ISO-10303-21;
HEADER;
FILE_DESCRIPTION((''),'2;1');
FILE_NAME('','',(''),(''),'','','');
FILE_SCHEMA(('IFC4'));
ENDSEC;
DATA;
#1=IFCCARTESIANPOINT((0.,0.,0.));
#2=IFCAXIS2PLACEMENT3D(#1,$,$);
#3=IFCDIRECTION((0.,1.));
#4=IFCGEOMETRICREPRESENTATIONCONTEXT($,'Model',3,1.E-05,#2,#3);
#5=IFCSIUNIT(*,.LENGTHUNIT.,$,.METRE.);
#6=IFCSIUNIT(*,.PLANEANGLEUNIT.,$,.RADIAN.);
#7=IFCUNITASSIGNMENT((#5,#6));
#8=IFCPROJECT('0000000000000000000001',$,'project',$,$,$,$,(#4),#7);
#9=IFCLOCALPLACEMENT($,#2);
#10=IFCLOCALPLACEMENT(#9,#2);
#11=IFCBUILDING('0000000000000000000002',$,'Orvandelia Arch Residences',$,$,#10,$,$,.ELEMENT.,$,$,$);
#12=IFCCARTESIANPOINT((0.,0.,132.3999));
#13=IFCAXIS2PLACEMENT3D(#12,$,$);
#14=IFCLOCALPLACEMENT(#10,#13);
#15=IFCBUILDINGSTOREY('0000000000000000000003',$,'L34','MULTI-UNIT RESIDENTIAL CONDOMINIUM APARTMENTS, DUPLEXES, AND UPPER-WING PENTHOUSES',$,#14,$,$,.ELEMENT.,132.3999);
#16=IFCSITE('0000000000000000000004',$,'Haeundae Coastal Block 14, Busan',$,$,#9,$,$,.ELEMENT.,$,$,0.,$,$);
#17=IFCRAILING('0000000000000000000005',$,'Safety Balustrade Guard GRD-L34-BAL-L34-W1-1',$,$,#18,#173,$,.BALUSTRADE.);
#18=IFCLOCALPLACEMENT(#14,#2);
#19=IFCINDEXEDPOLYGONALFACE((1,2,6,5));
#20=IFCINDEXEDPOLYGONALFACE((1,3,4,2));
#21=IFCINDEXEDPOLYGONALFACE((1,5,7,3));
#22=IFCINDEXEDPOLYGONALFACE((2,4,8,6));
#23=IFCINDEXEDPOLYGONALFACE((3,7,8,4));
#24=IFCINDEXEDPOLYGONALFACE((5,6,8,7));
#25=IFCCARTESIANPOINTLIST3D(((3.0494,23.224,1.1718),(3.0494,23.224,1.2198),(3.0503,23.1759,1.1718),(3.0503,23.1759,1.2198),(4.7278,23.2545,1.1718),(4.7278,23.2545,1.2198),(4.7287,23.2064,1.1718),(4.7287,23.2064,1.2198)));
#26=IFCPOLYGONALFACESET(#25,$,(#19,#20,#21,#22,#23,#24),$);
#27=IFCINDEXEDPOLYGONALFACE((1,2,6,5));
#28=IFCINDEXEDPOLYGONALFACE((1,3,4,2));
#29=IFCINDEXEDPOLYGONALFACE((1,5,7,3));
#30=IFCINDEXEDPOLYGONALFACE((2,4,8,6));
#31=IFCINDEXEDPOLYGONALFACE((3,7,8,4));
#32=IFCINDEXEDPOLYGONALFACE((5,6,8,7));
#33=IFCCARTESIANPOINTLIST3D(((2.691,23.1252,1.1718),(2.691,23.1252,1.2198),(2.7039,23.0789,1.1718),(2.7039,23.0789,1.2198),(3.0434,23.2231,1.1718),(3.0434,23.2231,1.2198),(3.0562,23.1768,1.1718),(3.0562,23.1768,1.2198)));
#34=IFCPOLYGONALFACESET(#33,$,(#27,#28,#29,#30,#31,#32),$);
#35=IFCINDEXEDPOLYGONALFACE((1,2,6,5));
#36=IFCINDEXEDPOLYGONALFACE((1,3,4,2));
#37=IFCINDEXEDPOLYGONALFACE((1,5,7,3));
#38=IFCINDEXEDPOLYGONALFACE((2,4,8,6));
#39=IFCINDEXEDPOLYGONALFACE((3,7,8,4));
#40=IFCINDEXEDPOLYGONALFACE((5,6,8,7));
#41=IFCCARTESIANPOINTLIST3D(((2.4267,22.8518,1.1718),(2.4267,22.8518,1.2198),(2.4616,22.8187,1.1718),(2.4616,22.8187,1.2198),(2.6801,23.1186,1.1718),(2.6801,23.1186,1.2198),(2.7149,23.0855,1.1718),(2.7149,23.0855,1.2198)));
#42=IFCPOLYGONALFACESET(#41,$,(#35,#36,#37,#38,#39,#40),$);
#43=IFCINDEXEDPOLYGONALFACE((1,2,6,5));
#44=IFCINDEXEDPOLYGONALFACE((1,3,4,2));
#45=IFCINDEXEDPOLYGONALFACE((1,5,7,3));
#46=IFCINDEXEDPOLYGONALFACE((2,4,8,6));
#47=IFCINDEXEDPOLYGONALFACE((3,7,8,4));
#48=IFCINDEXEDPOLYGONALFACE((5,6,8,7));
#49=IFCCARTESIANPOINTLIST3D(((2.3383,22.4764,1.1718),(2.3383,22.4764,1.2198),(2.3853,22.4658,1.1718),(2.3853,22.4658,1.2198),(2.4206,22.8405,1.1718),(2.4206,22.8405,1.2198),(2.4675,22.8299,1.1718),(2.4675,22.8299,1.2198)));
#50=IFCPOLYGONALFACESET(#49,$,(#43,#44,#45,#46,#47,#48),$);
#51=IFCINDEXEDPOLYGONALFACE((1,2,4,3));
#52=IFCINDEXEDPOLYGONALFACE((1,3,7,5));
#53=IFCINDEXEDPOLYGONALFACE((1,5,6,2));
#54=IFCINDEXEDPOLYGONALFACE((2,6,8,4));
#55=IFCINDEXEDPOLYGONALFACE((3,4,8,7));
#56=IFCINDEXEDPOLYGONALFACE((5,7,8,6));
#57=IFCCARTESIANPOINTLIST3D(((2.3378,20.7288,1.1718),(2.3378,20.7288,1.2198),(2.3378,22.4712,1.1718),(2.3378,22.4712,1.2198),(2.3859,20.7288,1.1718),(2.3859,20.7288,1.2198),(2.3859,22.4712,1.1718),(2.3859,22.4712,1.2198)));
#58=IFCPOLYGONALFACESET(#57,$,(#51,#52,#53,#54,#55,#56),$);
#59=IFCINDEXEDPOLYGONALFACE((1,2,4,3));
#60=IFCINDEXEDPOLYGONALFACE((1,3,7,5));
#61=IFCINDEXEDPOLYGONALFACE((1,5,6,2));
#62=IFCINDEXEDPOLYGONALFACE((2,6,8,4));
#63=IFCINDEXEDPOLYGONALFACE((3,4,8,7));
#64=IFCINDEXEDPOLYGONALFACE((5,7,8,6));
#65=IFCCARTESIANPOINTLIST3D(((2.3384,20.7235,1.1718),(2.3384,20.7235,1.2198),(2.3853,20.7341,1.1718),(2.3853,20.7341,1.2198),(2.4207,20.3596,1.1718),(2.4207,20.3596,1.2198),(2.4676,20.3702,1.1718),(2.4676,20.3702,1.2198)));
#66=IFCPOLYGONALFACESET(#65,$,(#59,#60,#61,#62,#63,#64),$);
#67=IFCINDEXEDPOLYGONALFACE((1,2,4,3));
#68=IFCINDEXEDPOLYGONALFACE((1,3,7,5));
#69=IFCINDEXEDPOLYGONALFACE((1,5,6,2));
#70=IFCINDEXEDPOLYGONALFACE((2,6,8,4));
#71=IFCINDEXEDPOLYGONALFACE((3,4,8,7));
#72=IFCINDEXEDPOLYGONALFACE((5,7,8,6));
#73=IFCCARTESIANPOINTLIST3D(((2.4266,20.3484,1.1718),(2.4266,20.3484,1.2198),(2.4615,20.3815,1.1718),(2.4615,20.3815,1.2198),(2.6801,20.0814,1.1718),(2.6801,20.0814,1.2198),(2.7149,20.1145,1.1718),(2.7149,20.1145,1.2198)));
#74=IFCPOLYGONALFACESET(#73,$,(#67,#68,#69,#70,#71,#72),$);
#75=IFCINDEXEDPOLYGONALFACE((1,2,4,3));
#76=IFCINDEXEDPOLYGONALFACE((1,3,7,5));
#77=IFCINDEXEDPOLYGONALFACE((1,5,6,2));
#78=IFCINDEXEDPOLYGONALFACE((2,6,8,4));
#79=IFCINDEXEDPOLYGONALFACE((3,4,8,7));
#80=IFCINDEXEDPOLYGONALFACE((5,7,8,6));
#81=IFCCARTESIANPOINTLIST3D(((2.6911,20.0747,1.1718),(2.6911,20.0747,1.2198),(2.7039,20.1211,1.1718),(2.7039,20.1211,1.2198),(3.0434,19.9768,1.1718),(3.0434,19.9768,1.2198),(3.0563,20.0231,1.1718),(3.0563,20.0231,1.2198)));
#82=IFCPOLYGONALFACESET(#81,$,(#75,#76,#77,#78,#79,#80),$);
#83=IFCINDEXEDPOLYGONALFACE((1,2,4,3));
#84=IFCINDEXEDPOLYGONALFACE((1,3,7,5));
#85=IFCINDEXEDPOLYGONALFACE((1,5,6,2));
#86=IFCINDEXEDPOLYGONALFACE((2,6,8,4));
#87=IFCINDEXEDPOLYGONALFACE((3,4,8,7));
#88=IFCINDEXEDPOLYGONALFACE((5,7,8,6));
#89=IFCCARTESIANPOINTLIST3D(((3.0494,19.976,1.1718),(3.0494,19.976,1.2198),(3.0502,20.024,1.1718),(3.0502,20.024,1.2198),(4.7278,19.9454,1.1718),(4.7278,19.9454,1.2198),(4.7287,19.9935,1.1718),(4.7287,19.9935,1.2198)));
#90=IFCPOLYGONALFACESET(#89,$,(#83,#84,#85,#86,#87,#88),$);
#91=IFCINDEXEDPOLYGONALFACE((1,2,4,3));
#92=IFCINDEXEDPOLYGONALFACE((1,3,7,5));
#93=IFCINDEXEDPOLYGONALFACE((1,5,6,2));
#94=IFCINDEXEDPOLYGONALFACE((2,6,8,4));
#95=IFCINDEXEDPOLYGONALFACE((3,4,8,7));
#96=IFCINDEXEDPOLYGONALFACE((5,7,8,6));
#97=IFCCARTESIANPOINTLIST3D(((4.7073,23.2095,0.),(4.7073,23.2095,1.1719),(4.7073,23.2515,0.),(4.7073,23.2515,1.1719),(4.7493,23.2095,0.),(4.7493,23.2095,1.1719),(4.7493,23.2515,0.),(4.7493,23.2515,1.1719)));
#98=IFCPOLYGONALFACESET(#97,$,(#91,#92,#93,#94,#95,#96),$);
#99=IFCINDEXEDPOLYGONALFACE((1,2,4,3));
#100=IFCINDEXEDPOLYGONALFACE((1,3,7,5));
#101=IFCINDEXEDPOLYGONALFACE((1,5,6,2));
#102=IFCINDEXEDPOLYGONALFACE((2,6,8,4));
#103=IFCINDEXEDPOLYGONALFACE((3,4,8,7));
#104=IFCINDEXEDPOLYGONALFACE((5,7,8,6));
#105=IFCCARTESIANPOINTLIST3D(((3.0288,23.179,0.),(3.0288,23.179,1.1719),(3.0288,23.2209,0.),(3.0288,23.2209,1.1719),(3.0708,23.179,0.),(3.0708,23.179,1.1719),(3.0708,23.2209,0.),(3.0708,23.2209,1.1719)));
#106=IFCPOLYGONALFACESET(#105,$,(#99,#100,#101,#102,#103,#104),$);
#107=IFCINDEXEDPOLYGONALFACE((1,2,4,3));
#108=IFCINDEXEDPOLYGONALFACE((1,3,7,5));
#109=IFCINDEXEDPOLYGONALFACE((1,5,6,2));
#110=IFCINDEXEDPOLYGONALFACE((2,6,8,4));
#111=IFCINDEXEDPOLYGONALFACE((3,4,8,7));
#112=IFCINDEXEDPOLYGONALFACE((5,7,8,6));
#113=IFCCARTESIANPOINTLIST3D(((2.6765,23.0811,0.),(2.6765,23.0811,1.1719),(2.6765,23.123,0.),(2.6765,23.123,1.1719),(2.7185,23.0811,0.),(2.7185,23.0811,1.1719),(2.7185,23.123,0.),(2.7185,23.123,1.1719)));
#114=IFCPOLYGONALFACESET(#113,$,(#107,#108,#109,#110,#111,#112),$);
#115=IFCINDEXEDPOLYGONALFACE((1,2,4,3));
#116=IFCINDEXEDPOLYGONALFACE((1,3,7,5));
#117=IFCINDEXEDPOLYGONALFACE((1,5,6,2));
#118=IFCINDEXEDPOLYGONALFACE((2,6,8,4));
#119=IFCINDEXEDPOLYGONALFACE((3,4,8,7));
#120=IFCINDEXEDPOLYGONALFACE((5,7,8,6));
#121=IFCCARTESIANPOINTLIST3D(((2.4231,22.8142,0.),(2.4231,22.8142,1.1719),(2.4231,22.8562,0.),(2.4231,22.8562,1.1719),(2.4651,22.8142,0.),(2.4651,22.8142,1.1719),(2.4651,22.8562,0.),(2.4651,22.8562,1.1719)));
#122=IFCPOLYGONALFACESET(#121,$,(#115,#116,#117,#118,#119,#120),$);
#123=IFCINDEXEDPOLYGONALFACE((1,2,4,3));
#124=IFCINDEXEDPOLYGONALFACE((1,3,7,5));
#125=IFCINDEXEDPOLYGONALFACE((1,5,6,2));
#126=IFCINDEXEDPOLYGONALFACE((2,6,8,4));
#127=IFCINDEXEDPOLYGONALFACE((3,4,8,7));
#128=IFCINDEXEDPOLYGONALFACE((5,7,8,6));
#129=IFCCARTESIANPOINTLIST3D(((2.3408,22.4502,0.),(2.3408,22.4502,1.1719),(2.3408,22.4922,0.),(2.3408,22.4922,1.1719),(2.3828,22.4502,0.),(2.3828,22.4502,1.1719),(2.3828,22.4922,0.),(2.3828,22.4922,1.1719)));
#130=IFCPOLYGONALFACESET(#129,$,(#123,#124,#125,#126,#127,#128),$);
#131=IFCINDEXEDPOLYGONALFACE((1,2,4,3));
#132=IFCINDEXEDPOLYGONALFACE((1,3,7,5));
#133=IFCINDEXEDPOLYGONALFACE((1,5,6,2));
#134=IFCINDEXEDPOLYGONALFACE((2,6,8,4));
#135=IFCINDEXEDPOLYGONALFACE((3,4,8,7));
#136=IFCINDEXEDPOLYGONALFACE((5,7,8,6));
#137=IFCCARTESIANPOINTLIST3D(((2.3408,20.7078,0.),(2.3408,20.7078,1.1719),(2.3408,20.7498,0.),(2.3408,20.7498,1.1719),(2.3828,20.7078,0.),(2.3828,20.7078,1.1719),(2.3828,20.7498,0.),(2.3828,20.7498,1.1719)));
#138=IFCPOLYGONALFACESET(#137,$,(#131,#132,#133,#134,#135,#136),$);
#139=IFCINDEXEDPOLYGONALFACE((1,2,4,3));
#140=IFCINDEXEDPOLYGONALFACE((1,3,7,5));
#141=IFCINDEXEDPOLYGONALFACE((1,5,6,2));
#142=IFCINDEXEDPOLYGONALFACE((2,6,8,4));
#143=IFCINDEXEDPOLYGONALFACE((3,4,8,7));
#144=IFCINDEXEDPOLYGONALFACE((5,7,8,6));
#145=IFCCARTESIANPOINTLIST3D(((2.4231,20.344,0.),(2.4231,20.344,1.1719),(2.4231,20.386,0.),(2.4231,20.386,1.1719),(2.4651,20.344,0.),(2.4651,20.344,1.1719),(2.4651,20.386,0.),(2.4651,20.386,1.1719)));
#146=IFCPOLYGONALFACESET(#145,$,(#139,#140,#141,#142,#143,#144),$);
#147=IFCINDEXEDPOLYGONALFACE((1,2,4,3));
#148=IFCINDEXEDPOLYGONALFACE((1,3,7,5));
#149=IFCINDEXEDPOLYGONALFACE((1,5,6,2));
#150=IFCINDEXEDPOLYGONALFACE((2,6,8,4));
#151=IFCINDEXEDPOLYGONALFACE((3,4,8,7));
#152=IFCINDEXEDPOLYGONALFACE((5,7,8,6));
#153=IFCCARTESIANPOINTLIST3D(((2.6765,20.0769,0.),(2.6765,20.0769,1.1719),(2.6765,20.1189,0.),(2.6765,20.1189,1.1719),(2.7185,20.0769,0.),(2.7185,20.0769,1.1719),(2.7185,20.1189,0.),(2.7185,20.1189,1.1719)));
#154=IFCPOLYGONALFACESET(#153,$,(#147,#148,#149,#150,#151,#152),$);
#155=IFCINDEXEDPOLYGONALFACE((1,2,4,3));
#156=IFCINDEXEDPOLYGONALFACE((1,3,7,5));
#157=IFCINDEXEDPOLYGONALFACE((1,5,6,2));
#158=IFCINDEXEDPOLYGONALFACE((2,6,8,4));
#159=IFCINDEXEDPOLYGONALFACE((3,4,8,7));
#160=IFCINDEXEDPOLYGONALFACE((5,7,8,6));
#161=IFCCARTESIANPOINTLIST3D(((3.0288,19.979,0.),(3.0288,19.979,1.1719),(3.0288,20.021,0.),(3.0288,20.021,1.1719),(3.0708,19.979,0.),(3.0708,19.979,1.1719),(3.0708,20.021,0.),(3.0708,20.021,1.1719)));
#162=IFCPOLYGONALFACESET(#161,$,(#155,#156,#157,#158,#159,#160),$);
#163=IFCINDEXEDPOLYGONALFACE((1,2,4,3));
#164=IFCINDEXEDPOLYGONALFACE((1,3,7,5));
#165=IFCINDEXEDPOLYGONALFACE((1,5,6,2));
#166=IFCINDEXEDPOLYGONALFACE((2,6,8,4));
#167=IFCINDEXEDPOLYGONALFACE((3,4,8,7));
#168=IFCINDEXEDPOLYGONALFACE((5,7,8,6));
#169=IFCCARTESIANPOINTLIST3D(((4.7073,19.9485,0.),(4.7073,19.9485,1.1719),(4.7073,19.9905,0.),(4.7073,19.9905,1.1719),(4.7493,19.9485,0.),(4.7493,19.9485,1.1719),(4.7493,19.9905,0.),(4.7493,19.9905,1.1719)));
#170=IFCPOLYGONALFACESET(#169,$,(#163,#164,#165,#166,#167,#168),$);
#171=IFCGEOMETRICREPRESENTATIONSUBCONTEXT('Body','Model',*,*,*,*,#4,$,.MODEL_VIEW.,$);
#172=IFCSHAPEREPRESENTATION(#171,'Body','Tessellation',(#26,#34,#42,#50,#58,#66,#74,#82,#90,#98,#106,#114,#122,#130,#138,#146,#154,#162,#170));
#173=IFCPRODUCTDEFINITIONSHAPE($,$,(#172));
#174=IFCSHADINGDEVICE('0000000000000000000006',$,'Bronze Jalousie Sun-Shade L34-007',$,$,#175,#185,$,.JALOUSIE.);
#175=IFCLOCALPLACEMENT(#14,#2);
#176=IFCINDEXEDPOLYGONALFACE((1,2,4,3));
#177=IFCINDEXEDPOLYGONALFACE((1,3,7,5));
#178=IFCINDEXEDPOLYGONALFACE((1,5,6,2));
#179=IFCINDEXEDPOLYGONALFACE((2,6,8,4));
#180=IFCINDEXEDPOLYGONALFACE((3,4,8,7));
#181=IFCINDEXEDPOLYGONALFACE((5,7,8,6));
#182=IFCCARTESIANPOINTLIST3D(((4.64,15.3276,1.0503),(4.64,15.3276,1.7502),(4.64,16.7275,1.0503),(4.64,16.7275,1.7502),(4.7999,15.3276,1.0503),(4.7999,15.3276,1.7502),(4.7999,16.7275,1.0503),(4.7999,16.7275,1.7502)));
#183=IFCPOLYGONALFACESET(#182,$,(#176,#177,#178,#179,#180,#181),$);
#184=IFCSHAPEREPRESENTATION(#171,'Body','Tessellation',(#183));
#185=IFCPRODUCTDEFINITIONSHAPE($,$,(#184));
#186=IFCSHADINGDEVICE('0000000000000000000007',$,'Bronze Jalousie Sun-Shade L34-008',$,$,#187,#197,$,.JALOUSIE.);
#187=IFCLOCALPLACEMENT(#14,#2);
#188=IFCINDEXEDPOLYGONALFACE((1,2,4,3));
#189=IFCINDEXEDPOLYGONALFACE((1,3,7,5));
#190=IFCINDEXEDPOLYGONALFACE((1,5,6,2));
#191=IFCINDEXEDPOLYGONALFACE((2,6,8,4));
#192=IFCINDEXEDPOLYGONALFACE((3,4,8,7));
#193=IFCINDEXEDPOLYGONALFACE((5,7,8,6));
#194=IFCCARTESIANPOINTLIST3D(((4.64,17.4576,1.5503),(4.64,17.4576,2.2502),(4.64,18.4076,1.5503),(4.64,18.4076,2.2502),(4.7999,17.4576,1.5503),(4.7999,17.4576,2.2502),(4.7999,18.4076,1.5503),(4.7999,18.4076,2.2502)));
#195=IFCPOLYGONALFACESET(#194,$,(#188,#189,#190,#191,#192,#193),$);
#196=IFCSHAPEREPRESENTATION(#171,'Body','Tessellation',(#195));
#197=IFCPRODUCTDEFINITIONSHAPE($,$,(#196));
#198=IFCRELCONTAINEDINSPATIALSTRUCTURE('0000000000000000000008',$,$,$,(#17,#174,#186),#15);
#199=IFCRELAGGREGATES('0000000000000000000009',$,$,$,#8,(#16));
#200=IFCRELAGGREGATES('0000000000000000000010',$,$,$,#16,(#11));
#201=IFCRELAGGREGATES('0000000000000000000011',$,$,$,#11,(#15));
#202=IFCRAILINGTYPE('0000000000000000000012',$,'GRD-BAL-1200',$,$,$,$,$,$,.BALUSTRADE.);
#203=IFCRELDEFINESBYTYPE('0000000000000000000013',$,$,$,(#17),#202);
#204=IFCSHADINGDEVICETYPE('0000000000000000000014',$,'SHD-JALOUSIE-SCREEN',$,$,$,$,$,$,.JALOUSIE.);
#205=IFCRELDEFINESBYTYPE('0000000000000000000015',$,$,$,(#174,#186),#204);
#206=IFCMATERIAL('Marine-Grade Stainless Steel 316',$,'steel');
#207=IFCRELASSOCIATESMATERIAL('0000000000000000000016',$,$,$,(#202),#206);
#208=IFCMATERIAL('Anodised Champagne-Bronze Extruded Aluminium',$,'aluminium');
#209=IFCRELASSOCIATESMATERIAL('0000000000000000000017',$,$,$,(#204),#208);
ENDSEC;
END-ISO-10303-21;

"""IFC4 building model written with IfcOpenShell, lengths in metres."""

from ifc_helpers import new_model, si_unit, direction, frame, origin, origin_2d, place, context, subcontext, project, spatial, rectangle, extrude, material, type_object, element, save


model = new_model("IFC4")

# Units and contexts
model_context = context("Model", 3, precision=1e-05, world=origin(), true_north=direction((0.0, 1.0)))
body_context = subcontext(model_context, "Body", "Model", "MODEL_VIEW")
ifc_project = project(units=[si_unit("LENGTHUNIT", "METRE"), si_unit("PLANEANGLEUNIT", "RADIAN")], contexts=[model_context])

# Site, building, storey
site_placement = place(None, origin())
site = spatial("IfcSite", under=ifc_project, at=site_placement, Name="Haeundae Coastal Block 14, Busan", CompositionType="ELEMENT", RefElevation=0.0)
building_placement = place(site_placement, origin())
building = spatial("IfcBuilding", under=site, at=building_placement, Name="Orvandelia Arch Residences", CompositionType="ELEMENT")
storey_placement = place(building_placement, frame((0.0, 0.0, 132.3999)))
storey = spatial("IfcBuildingStorey", under=building, at=storey_placement, Name="L34", Description="MULTI-UNIT RESIDENTIAL CONDOMINIUM APARTMENTS, DUPLEXES, AND UPPER-WING PENTHOUSES", CompositionType="ELEMENT", Elevation=132.3999)

# Railing
ifc_material_1 = material(Name="Marine-Grade Stainless Steel 316", Category="steel")
railing_type = type_object("IfcRailingType", Name="GRD-BAL-1200", PredefinedType="BALUSTRADE", material=ifc_material_1)
railing_placement = place(storey_placement, frame((4.7283, 23.2305, 0.0)))
element("IfcRailing", 1, at=railing_placement, inside=storey, type_object=railing_type, Name="Safety Balustrade Guard GRD-L34-BAL-L34-W1-1", PredefinedType="BALUSTRADE", context=body_context, shape_type="SweptSolid", body=[
    extrude(rectangle(XDim=0.0481, YDim=0.0481, at=origin_2d()), frame((0.0, 0.0, 1.1958), z_axis=(-0.999835, -0.018179, 0.0), x_axis=(0.018179, -0.999835, 0.0)), (0.0, 0.0, 1.0), 1.6787),
    extrude(rectangle(XDim=0.0481, YDim=0.0481, at=origin_2d()), frame((-1.6785, -0.0305, 1.1958), z_axis=(-0.963489, -0.267747, 0.0), x_axis=(0.267747, -0.963489, 0.0)), (0.0, 0.0, 1.0), 0.3657),
    extrude(rectangle(XDim=0.0481, YDim=0.0481, at=origin_2d()), frame((-2.0308, -0.1284, 1.1958), z_axis=(-0.688627, -0.725115, 0.0), x_axis=(0.725115, -0.688627, 0.0)), (0.0, 0.0, 1.0), 0.3679),
    extrude(rectangle(XDim=0.0481, YDim=0.0481, at=origin_2d()), frame((-2.2842, -0.3953, 1.1958), z_axis=(-0.220462, -0.975396, 0.0), x_axis=(0.975396, -0.220462, 0.0)), (0.0, 0.0, 1.0), 0.3733),
    extrude(rectangle(XDim=0.0481, YDim=0.0481, at=origin_2d()), frame((-2.3665, -0.7593, 1.1958), z_axis=(0.0, -1.0, 0.0), x_axis=(1.0, 0.0, 0.0)), (0.0, 0.0, 1.0), 1.7424),
    extrude(rectangle(XDim=0.0481, YDim=0.0481, at=origin_2d()), frame((-2.3665, -2.5017, 1.1958), z_axis=(0.220602, -0.975364, 0.0), x_axis=(0.975364, 0.220602, 0.0)), (0.0, 0.0, 1.0), 0.373),
    extrude(rectangle(XDim=0.0481, YDim=0.0481, at=origin_2d()), frame((-2.2842, -2.8655, 1.1958), z_axis=(0.688296, -0.72543, 0.0), x_axis=(0.72543, 0.688296, 0.0)), (0.0, 0.0, 1.0), 0.3682),
    extrude(rectangle(XDim=0.0481, YDim=0.0481, at=origin_2d()), frame((-2.0308, -3.1326, 1.1958), z_axis=(0.963489, -0.267747, 0.0), x_axis=(0.267747, 0.963489, 0.0)), (0.0, 0.0, 1.0), 0.3657),
    extrude(rectangle(XDim=0.0481, YDim=0.0481, at=origin_2d()), frame((-1.6785, -3.2305, 1.1958), z_axis=(0.999835, -0.018179, 0.0), x_axis=(0.018179, 0.999835, 0.0)), (0.0, 0.0, 1.0), 1.6787),
    extrude(rectangle(XDim=0.042, YDim=0.042, at=origin_2d()), origin(), (0.0, 0.0, 1.0), 1.1719),
    extrude(rectangle(XDim=0.042, YDim=0.042, at=origin_2d()), frame((-1.6785, -0.0305, 0.0)), (0.0, 0.0, 1.0), 1.1719),
    extrude(rectangle(XDim=0.042, YDim=0.042, at=origin_2d()), frame((-2.0308, -0.1284, 0.0)), (0.0, 0.0, 1.0), 1.1719),
    extrude(rectangle(XDim=0.042, YDim=0.042, at=origin_2d()), frame((-2.2842, -0.3953, 0.0)), (0.0, 0.0, 1.0), 1.1719),
    extrude(rectangle(XDim=0.042, YDim=0.042, at=origin_2d()), frame((-2.3665, -0.7593, 0.0)), (0.0, 0.0, 1.0), 1.1719),
    extrude(rectangle(XDim=0.042, YDim=0.042, at=origin_2d()), frame((-2.3665, -2.5017, 0.0)), (0.0, 0.0, 1.0), 1.1719),
    extrude(rectangle(XDim=0.042, YDim=0.042, at=origin_2d()), frame((-2.2842, -2.8655, 0.0)), (0.0, 0.0, 1.0), 1.1719),
    extrude(rectangle(XDim=0.042, YDim=0.042, at=origin_2d()), frame((-2.0308, -3.1326, 0.0)), (0.0, 0.0, 1.0), 1.1719),
    extrude(rectangle(XDim=0.042, YDim=0.042, at=origin_2d()), frame((-1.6785, -3.2305, 0.0)), (0.0, 0.0, 1.0), 1.1719),
    extrude(rectangle(XDim=0.042, YDim=0.042, at=origin_2d()), frame((0.0, -3.261, 0.0)), (0.0, 0.0, 1.0), 1.1719),
])

# Shading devices
ifc_material_2 = material(Name="Anodised Champagne-Bronze Extruded Aluminium", Category="aluminium")
shading_device_type = type_object("IfcShadingDeviceType", Name="SHD-JALOUSIE-SCREEN", PredefinedType="JALOUSIE", material=ifc_material_2)
shading_device_1_placement = place(storey_placement, frame((4.72, 16.0276, 1.0503), z_axis=(0.0, 0.0, 1.0), x_axis=(0.0, 1.0, 0.0)))
element("IfcShadingDevice", 2, at=shading_device_1_placement, inside=storey, type_object=shading_device_type, Name="Bronze Jalousie Sun-Shade L34-007", PredefinedType="JALOUSIE", context=body_context, shape_type="SweptSolid", body=[
    extrude(rectangle(XDim=1.3999, YDim=0.1599, at=origin_2d()), origin(), (0.0, 0.0, 1.0), 0.7),
])
shading_device_2_placement = place(storey_placement, frame((4.72, 17.9326, 1.5503), z_axis=(0.0, 0.0, 1.0), x_axis=(0.0, 1.0, 0.0)))
element("IfcShadingDevice", 3, at=shading_device_2_placement, inside=storey, type_object=shading_device_type, Name="Bronze Jalousie Sun-Shade L34-008", PredefinedType="JALOUSIE", context=body_context, shape_type="SweptSolid", body=[
    extrude(rectangle(XDim=0.95, YDim=0.1599, at=origin_2d()), origin(), (0.0, 0.0, 1.0), 0.7),
])

save(model, "model.ifc")
